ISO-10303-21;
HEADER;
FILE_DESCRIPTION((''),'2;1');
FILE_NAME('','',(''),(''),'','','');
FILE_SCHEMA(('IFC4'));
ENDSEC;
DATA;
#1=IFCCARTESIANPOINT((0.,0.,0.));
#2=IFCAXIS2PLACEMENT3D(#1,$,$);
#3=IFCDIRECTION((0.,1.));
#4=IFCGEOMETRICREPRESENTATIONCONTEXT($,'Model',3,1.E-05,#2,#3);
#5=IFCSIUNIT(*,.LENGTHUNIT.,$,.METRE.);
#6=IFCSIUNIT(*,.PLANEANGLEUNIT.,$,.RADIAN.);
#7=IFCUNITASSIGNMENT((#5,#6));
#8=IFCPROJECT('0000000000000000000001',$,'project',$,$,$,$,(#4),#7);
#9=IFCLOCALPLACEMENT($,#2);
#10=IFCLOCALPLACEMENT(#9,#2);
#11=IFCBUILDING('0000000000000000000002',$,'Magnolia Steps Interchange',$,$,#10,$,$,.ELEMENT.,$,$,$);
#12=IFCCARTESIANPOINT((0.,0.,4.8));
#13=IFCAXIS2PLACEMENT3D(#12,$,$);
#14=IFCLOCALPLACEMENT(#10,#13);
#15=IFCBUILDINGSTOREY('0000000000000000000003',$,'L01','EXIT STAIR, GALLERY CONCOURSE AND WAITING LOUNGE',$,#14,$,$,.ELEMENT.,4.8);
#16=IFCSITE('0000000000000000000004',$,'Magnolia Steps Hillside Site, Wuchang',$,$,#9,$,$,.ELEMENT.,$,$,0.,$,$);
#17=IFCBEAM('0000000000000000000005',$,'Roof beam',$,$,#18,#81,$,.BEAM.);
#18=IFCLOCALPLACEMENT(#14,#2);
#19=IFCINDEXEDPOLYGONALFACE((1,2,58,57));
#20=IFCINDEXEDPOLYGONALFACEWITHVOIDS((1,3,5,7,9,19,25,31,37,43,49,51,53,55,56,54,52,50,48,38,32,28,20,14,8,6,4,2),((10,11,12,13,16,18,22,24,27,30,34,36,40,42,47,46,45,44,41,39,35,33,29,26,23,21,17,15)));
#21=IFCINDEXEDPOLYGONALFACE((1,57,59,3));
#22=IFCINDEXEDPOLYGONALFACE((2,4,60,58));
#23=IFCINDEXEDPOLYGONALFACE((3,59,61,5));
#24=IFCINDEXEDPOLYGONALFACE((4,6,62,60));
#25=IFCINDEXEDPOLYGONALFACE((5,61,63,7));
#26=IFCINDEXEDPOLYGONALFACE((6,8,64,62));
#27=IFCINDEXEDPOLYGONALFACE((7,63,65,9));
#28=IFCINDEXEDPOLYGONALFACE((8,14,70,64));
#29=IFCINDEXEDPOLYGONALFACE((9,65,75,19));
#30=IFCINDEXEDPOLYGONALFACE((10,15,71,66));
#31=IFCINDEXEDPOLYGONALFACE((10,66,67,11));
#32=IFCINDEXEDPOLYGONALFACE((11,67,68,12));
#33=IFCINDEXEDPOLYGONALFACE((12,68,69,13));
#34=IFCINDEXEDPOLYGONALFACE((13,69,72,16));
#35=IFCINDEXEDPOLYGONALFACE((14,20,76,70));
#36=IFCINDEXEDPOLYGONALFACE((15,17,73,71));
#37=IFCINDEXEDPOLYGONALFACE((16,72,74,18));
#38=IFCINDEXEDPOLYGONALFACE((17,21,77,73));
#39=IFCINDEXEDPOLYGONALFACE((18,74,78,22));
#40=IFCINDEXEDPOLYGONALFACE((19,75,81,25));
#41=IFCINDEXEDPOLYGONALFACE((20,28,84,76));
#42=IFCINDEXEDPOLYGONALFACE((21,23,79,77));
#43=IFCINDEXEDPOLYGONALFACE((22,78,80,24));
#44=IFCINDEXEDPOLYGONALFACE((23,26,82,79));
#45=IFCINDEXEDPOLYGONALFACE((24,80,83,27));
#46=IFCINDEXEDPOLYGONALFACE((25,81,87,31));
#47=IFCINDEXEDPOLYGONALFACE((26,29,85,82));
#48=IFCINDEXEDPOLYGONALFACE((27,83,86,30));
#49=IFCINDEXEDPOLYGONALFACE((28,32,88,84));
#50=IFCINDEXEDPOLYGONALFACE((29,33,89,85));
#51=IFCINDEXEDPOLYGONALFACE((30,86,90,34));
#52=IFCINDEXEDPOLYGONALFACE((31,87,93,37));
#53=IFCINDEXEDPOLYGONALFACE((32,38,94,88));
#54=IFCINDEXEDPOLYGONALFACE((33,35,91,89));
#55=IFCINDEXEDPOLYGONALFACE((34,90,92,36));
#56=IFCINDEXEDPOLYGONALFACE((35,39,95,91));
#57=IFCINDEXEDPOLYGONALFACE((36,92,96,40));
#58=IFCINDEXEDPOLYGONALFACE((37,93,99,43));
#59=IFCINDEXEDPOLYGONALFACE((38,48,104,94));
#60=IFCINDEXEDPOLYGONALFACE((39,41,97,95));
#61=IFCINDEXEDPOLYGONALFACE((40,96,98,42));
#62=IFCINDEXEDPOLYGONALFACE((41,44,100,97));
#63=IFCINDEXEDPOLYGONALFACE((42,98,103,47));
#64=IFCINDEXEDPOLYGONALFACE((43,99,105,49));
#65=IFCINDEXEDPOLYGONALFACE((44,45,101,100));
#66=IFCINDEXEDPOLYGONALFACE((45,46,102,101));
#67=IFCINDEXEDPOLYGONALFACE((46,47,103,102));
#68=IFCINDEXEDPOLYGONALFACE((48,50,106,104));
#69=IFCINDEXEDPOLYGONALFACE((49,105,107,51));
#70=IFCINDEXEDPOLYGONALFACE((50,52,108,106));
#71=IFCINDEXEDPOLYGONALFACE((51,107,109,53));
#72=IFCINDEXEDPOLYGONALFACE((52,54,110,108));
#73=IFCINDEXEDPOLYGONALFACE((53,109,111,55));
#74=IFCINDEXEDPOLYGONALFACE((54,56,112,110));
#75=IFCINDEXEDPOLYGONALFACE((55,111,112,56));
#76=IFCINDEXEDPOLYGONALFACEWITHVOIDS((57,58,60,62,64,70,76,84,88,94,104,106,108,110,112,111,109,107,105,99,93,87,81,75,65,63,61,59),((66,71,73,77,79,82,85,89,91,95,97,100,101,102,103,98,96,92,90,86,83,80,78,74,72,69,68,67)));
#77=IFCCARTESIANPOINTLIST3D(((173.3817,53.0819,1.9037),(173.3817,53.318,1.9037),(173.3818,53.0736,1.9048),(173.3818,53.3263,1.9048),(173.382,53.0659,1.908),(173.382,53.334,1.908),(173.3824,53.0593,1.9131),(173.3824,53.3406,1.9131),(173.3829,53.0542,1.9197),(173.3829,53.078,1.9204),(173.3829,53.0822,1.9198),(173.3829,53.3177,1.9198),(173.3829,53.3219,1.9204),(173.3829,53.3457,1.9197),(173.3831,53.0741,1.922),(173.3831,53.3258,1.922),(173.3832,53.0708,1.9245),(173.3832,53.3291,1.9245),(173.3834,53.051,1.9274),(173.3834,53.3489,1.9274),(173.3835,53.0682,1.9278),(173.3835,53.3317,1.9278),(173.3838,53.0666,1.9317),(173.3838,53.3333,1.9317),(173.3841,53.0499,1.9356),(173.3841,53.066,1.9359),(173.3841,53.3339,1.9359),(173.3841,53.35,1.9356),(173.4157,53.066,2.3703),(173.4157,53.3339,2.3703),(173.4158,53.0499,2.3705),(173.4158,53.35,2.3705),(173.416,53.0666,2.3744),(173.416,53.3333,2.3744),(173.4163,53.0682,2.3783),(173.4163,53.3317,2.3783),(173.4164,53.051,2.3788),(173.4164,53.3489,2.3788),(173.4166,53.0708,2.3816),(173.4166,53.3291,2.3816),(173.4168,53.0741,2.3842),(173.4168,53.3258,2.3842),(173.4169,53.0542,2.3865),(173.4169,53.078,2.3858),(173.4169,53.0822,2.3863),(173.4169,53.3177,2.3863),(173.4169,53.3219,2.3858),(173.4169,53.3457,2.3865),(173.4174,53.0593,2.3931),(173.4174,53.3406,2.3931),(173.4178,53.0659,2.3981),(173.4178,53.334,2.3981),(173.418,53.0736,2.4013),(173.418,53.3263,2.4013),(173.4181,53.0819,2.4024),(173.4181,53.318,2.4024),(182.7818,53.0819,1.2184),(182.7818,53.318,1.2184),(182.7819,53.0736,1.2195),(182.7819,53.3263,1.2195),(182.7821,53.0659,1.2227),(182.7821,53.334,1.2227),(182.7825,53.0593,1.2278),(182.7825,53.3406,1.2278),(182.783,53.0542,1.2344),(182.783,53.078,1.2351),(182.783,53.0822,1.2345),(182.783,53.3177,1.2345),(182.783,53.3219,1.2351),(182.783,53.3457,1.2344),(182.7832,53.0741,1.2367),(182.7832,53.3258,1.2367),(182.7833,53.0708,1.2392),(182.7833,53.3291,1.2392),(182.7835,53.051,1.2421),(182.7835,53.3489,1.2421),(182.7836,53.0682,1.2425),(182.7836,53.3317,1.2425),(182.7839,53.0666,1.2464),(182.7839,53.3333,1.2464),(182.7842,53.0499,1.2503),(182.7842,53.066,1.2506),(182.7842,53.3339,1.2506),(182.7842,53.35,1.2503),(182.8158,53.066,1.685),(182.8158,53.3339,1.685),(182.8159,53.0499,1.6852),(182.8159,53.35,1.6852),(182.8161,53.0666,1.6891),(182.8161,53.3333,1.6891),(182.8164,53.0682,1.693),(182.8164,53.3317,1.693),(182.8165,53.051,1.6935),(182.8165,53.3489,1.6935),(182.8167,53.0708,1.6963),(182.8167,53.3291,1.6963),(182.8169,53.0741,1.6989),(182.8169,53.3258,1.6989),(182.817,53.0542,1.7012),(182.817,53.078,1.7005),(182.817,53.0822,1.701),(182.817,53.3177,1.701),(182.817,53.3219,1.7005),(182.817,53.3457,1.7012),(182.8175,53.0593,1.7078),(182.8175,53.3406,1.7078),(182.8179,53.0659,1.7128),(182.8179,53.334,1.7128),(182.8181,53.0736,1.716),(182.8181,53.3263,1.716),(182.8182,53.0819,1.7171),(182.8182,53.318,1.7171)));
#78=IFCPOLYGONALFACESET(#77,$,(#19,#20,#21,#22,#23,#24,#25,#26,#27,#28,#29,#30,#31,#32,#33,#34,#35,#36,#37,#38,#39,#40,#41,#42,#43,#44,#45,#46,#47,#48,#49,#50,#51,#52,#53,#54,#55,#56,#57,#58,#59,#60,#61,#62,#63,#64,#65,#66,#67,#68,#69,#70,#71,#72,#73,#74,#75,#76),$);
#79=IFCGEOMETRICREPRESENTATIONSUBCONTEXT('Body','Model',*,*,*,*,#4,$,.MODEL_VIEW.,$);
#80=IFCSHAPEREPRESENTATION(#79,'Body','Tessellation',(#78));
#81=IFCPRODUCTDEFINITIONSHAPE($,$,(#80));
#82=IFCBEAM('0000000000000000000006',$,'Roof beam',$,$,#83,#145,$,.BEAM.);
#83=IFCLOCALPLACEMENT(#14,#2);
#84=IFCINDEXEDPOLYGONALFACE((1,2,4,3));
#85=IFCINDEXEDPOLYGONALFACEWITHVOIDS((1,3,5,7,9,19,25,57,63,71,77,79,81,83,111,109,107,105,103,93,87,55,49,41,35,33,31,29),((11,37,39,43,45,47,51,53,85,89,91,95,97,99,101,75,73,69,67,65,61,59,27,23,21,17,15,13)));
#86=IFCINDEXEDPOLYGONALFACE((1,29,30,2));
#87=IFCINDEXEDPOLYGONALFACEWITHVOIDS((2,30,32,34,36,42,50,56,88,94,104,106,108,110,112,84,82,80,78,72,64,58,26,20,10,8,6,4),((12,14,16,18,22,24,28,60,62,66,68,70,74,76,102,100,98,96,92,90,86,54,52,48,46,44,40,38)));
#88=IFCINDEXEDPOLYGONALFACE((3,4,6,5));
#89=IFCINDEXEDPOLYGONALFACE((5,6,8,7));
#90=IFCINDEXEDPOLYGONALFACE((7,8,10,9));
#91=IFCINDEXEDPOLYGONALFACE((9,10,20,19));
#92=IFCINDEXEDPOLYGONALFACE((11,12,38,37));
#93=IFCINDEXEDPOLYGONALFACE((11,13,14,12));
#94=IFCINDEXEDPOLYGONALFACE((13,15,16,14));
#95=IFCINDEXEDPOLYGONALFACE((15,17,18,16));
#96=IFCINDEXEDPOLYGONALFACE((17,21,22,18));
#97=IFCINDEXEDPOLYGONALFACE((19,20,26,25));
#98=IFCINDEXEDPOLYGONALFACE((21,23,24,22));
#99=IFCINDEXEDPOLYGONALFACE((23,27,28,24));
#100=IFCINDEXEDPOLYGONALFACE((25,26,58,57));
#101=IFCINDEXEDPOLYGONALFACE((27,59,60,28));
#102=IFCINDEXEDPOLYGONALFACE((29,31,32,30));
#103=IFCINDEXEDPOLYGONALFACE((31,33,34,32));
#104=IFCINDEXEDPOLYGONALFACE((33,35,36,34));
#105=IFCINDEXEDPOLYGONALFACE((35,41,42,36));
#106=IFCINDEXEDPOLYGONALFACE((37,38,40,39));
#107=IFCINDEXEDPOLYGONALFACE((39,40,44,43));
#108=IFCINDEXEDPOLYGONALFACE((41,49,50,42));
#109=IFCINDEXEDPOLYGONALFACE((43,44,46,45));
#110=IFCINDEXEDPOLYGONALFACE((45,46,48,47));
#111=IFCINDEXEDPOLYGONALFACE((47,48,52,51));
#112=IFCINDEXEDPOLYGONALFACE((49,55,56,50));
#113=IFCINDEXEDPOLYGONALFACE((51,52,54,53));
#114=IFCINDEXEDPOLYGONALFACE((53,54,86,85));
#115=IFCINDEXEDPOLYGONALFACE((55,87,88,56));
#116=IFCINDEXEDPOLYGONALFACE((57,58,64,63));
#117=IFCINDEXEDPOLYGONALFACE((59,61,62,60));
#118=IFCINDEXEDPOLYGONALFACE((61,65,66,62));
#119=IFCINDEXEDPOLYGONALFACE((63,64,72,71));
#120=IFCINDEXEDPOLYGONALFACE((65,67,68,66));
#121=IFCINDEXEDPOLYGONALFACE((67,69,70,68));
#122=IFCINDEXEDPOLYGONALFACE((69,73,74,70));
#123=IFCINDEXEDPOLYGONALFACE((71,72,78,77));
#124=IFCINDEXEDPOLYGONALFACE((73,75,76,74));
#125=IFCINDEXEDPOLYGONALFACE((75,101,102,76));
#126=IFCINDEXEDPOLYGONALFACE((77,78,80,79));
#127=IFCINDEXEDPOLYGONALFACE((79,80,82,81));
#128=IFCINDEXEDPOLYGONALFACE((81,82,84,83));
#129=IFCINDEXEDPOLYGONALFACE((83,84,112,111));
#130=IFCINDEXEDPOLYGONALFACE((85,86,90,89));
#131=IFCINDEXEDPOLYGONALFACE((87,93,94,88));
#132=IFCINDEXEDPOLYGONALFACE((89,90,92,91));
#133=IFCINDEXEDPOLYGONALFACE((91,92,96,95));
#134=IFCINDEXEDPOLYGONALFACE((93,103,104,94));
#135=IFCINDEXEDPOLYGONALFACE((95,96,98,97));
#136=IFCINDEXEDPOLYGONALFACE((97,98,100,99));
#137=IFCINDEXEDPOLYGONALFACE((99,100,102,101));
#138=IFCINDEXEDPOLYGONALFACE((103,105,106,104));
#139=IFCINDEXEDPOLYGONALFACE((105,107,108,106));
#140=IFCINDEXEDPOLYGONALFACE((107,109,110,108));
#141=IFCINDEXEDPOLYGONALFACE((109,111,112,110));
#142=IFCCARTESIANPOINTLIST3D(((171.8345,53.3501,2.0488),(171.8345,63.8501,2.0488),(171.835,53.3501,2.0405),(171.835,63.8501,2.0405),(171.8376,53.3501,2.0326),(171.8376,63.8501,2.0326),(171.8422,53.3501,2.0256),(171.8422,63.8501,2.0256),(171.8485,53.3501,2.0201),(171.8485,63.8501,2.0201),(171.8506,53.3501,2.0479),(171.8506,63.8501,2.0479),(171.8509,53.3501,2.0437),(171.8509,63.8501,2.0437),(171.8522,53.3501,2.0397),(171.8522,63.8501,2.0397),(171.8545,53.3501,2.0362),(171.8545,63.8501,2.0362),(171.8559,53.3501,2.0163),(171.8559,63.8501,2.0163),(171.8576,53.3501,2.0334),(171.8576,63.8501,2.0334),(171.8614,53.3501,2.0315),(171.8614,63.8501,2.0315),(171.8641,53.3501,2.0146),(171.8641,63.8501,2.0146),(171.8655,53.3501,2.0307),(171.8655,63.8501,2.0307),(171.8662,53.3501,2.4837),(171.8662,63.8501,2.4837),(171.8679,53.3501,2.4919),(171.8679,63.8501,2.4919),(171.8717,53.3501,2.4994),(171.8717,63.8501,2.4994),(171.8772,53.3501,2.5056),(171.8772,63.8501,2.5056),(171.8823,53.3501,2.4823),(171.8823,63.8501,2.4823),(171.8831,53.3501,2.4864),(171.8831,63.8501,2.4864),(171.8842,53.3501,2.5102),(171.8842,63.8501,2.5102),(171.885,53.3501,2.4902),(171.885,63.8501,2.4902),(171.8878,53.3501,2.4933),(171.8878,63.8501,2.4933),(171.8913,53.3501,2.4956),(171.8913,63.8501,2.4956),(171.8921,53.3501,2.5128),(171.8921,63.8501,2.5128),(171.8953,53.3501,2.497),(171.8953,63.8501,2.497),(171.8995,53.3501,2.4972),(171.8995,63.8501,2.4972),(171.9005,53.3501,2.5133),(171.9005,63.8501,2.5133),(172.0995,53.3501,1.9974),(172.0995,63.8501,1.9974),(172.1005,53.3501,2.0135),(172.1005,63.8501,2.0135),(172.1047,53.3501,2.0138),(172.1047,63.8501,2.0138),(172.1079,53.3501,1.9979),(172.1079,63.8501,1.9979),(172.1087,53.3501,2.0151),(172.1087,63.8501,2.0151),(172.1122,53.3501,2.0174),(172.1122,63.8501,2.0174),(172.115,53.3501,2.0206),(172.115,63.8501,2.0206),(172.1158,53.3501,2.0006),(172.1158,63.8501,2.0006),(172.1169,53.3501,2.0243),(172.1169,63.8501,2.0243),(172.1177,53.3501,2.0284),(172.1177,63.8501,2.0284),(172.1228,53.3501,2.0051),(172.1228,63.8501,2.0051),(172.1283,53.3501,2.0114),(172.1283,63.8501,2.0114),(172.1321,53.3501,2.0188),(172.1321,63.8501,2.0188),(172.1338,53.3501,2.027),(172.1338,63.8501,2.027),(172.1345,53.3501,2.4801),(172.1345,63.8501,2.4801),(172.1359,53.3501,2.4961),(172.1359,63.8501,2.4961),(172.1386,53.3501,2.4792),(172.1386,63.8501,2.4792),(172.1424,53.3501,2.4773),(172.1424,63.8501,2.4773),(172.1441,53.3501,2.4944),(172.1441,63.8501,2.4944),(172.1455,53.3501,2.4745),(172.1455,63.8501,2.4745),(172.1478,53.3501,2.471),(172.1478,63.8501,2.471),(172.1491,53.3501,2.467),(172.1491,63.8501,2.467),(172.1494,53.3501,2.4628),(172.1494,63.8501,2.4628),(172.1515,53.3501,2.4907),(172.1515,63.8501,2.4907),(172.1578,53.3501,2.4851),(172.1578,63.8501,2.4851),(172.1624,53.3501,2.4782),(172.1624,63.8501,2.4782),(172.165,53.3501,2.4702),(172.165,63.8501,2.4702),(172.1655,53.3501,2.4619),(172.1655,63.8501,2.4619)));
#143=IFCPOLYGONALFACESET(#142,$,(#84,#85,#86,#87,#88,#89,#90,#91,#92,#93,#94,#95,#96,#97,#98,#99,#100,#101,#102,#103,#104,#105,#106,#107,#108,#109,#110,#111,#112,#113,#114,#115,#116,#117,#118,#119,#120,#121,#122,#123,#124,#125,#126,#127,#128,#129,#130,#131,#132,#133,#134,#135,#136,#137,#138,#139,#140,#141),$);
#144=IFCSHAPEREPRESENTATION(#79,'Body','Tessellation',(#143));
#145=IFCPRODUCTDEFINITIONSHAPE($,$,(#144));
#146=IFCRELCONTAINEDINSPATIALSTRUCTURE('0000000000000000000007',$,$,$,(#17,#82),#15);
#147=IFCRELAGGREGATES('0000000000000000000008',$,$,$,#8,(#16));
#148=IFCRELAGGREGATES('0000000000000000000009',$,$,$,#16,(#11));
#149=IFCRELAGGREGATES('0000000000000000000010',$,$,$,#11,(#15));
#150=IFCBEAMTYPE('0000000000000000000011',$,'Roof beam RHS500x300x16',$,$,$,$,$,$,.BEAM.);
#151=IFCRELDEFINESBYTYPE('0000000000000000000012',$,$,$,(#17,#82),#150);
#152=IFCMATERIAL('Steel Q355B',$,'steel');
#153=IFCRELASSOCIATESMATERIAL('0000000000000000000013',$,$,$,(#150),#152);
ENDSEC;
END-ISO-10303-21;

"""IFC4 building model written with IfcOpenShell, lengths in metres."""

from ifc_helpers import new_model, si_unit, direction, frame, origin, origin_2d, place, context, subcontext, project, spatial, hollow_rectangle, extrude, material, material_profile, profile_set, type_object, element, save


model = new_model("IFC4")

# Units and contexts
model_context = context("Model", 3, precision=1e-05, world=origin(), true_north=direction((0.0, 1.0)))
body_context = subcontext(model_context, "Body", "Model", "MODEL_VIEW")
ifc_project = project(units=[si_unit("LENGTHUNIT", "METRE"), si_unit("PLANEANGLEUNIT", "RADIAN")], contexts=[model_context])

# Site, building, storey
site_placement = place(None, origin())
site = spatial("IfcSite", under=ifc_project, at=site_placement, Name="Magnolia Steps Hillside Site, Wuchang", CompositionType="ELEMENT", RefElevation=0.0)
building_placement = place(site_placement, origin())
building = spatial("IfcBuilding", under=site, at=building_placement, Name="Magnolia Steps Interchange", CompositionType="ELEMENT")
storey_placement = place(building_placement, frame((0.0, 0.0, 4.8)))
storey = spatial("IfcBuildingStorey", under=building, at=storey_placement, Name="L01", Description="EXIT STAIR, GALLERY CONCOURSE AND WAITING LOUNGE", CompositionType="ELEMENT", Elevation=4.8)

# Beams
ifc_material_1 = material(Name="Steel Q355B", Category="steel")
ifc_material_profile_1 = material_profile(ifc_material_1, hollow_rectangle(XDim=0.3, YDim=0.5, WallThickness=0.0161, InnerFilletRadius=0.0161, OuterFilletRadius=0.032, at=origin_2d()), Name="RHS500x300x16")
ifc_profile_set_1 = profile_set([ifc_material_profile_1], Name="Steel Q355B")
beam_type_1 = type_object("IfcBeamType", Name="Roof beam RHS500x300x16", PredefinedType="BEAM", material=ifc_profile_set_1)
beam_1_placement = place(storey_placement, frame((173.3999, 53.2, 2.1531), z_axis=(0.997353, 0.0, -0.07271), x_axis=(0.0, 1.0, 0.0)))
element("IfcBeam", 1, at=beam_1_placement, inside=storey, type_object=beam_type_1, Name="Roof beam", PredefinedType="BEAM", context=body_context, shape_type="SweptSolid", body=[
    extrude(hollow_rectangle(XDim=0.3, YDim=0.5, WallThickness=0.0161, InnerFilletRadius=0.0161, OuterFilletRadius=0.032, at=origin_2d()), origin(), (0.0, 0.0, 1.0), 9.425),
])
beam_2_placement = place(storey_placement, frame((172.0, 53.3501, 2.2554), z_axis=(0.0, 1.0, 0.0), x_axis=(-0.997352, 0.0, 0.072724)))
element("IfcBeam", 2, at=beam_2_placement, inside=storey, type_object=beam_type_1, Name="Roof beam", PredefinedType="BEAM", context=body_context, shape_type="SweptSolid", body=[
    extrude(hollow_rectangle(XDim=0.3, YDim=0.5, WallThickness=0.0161, InnerFilletRadius=0.0161, OuterFilletRadius=0.032, at=origin_2d()), origin(), (0.0, 0.0, 1.0), 10.5),
])

save(model, "model.ifc")
